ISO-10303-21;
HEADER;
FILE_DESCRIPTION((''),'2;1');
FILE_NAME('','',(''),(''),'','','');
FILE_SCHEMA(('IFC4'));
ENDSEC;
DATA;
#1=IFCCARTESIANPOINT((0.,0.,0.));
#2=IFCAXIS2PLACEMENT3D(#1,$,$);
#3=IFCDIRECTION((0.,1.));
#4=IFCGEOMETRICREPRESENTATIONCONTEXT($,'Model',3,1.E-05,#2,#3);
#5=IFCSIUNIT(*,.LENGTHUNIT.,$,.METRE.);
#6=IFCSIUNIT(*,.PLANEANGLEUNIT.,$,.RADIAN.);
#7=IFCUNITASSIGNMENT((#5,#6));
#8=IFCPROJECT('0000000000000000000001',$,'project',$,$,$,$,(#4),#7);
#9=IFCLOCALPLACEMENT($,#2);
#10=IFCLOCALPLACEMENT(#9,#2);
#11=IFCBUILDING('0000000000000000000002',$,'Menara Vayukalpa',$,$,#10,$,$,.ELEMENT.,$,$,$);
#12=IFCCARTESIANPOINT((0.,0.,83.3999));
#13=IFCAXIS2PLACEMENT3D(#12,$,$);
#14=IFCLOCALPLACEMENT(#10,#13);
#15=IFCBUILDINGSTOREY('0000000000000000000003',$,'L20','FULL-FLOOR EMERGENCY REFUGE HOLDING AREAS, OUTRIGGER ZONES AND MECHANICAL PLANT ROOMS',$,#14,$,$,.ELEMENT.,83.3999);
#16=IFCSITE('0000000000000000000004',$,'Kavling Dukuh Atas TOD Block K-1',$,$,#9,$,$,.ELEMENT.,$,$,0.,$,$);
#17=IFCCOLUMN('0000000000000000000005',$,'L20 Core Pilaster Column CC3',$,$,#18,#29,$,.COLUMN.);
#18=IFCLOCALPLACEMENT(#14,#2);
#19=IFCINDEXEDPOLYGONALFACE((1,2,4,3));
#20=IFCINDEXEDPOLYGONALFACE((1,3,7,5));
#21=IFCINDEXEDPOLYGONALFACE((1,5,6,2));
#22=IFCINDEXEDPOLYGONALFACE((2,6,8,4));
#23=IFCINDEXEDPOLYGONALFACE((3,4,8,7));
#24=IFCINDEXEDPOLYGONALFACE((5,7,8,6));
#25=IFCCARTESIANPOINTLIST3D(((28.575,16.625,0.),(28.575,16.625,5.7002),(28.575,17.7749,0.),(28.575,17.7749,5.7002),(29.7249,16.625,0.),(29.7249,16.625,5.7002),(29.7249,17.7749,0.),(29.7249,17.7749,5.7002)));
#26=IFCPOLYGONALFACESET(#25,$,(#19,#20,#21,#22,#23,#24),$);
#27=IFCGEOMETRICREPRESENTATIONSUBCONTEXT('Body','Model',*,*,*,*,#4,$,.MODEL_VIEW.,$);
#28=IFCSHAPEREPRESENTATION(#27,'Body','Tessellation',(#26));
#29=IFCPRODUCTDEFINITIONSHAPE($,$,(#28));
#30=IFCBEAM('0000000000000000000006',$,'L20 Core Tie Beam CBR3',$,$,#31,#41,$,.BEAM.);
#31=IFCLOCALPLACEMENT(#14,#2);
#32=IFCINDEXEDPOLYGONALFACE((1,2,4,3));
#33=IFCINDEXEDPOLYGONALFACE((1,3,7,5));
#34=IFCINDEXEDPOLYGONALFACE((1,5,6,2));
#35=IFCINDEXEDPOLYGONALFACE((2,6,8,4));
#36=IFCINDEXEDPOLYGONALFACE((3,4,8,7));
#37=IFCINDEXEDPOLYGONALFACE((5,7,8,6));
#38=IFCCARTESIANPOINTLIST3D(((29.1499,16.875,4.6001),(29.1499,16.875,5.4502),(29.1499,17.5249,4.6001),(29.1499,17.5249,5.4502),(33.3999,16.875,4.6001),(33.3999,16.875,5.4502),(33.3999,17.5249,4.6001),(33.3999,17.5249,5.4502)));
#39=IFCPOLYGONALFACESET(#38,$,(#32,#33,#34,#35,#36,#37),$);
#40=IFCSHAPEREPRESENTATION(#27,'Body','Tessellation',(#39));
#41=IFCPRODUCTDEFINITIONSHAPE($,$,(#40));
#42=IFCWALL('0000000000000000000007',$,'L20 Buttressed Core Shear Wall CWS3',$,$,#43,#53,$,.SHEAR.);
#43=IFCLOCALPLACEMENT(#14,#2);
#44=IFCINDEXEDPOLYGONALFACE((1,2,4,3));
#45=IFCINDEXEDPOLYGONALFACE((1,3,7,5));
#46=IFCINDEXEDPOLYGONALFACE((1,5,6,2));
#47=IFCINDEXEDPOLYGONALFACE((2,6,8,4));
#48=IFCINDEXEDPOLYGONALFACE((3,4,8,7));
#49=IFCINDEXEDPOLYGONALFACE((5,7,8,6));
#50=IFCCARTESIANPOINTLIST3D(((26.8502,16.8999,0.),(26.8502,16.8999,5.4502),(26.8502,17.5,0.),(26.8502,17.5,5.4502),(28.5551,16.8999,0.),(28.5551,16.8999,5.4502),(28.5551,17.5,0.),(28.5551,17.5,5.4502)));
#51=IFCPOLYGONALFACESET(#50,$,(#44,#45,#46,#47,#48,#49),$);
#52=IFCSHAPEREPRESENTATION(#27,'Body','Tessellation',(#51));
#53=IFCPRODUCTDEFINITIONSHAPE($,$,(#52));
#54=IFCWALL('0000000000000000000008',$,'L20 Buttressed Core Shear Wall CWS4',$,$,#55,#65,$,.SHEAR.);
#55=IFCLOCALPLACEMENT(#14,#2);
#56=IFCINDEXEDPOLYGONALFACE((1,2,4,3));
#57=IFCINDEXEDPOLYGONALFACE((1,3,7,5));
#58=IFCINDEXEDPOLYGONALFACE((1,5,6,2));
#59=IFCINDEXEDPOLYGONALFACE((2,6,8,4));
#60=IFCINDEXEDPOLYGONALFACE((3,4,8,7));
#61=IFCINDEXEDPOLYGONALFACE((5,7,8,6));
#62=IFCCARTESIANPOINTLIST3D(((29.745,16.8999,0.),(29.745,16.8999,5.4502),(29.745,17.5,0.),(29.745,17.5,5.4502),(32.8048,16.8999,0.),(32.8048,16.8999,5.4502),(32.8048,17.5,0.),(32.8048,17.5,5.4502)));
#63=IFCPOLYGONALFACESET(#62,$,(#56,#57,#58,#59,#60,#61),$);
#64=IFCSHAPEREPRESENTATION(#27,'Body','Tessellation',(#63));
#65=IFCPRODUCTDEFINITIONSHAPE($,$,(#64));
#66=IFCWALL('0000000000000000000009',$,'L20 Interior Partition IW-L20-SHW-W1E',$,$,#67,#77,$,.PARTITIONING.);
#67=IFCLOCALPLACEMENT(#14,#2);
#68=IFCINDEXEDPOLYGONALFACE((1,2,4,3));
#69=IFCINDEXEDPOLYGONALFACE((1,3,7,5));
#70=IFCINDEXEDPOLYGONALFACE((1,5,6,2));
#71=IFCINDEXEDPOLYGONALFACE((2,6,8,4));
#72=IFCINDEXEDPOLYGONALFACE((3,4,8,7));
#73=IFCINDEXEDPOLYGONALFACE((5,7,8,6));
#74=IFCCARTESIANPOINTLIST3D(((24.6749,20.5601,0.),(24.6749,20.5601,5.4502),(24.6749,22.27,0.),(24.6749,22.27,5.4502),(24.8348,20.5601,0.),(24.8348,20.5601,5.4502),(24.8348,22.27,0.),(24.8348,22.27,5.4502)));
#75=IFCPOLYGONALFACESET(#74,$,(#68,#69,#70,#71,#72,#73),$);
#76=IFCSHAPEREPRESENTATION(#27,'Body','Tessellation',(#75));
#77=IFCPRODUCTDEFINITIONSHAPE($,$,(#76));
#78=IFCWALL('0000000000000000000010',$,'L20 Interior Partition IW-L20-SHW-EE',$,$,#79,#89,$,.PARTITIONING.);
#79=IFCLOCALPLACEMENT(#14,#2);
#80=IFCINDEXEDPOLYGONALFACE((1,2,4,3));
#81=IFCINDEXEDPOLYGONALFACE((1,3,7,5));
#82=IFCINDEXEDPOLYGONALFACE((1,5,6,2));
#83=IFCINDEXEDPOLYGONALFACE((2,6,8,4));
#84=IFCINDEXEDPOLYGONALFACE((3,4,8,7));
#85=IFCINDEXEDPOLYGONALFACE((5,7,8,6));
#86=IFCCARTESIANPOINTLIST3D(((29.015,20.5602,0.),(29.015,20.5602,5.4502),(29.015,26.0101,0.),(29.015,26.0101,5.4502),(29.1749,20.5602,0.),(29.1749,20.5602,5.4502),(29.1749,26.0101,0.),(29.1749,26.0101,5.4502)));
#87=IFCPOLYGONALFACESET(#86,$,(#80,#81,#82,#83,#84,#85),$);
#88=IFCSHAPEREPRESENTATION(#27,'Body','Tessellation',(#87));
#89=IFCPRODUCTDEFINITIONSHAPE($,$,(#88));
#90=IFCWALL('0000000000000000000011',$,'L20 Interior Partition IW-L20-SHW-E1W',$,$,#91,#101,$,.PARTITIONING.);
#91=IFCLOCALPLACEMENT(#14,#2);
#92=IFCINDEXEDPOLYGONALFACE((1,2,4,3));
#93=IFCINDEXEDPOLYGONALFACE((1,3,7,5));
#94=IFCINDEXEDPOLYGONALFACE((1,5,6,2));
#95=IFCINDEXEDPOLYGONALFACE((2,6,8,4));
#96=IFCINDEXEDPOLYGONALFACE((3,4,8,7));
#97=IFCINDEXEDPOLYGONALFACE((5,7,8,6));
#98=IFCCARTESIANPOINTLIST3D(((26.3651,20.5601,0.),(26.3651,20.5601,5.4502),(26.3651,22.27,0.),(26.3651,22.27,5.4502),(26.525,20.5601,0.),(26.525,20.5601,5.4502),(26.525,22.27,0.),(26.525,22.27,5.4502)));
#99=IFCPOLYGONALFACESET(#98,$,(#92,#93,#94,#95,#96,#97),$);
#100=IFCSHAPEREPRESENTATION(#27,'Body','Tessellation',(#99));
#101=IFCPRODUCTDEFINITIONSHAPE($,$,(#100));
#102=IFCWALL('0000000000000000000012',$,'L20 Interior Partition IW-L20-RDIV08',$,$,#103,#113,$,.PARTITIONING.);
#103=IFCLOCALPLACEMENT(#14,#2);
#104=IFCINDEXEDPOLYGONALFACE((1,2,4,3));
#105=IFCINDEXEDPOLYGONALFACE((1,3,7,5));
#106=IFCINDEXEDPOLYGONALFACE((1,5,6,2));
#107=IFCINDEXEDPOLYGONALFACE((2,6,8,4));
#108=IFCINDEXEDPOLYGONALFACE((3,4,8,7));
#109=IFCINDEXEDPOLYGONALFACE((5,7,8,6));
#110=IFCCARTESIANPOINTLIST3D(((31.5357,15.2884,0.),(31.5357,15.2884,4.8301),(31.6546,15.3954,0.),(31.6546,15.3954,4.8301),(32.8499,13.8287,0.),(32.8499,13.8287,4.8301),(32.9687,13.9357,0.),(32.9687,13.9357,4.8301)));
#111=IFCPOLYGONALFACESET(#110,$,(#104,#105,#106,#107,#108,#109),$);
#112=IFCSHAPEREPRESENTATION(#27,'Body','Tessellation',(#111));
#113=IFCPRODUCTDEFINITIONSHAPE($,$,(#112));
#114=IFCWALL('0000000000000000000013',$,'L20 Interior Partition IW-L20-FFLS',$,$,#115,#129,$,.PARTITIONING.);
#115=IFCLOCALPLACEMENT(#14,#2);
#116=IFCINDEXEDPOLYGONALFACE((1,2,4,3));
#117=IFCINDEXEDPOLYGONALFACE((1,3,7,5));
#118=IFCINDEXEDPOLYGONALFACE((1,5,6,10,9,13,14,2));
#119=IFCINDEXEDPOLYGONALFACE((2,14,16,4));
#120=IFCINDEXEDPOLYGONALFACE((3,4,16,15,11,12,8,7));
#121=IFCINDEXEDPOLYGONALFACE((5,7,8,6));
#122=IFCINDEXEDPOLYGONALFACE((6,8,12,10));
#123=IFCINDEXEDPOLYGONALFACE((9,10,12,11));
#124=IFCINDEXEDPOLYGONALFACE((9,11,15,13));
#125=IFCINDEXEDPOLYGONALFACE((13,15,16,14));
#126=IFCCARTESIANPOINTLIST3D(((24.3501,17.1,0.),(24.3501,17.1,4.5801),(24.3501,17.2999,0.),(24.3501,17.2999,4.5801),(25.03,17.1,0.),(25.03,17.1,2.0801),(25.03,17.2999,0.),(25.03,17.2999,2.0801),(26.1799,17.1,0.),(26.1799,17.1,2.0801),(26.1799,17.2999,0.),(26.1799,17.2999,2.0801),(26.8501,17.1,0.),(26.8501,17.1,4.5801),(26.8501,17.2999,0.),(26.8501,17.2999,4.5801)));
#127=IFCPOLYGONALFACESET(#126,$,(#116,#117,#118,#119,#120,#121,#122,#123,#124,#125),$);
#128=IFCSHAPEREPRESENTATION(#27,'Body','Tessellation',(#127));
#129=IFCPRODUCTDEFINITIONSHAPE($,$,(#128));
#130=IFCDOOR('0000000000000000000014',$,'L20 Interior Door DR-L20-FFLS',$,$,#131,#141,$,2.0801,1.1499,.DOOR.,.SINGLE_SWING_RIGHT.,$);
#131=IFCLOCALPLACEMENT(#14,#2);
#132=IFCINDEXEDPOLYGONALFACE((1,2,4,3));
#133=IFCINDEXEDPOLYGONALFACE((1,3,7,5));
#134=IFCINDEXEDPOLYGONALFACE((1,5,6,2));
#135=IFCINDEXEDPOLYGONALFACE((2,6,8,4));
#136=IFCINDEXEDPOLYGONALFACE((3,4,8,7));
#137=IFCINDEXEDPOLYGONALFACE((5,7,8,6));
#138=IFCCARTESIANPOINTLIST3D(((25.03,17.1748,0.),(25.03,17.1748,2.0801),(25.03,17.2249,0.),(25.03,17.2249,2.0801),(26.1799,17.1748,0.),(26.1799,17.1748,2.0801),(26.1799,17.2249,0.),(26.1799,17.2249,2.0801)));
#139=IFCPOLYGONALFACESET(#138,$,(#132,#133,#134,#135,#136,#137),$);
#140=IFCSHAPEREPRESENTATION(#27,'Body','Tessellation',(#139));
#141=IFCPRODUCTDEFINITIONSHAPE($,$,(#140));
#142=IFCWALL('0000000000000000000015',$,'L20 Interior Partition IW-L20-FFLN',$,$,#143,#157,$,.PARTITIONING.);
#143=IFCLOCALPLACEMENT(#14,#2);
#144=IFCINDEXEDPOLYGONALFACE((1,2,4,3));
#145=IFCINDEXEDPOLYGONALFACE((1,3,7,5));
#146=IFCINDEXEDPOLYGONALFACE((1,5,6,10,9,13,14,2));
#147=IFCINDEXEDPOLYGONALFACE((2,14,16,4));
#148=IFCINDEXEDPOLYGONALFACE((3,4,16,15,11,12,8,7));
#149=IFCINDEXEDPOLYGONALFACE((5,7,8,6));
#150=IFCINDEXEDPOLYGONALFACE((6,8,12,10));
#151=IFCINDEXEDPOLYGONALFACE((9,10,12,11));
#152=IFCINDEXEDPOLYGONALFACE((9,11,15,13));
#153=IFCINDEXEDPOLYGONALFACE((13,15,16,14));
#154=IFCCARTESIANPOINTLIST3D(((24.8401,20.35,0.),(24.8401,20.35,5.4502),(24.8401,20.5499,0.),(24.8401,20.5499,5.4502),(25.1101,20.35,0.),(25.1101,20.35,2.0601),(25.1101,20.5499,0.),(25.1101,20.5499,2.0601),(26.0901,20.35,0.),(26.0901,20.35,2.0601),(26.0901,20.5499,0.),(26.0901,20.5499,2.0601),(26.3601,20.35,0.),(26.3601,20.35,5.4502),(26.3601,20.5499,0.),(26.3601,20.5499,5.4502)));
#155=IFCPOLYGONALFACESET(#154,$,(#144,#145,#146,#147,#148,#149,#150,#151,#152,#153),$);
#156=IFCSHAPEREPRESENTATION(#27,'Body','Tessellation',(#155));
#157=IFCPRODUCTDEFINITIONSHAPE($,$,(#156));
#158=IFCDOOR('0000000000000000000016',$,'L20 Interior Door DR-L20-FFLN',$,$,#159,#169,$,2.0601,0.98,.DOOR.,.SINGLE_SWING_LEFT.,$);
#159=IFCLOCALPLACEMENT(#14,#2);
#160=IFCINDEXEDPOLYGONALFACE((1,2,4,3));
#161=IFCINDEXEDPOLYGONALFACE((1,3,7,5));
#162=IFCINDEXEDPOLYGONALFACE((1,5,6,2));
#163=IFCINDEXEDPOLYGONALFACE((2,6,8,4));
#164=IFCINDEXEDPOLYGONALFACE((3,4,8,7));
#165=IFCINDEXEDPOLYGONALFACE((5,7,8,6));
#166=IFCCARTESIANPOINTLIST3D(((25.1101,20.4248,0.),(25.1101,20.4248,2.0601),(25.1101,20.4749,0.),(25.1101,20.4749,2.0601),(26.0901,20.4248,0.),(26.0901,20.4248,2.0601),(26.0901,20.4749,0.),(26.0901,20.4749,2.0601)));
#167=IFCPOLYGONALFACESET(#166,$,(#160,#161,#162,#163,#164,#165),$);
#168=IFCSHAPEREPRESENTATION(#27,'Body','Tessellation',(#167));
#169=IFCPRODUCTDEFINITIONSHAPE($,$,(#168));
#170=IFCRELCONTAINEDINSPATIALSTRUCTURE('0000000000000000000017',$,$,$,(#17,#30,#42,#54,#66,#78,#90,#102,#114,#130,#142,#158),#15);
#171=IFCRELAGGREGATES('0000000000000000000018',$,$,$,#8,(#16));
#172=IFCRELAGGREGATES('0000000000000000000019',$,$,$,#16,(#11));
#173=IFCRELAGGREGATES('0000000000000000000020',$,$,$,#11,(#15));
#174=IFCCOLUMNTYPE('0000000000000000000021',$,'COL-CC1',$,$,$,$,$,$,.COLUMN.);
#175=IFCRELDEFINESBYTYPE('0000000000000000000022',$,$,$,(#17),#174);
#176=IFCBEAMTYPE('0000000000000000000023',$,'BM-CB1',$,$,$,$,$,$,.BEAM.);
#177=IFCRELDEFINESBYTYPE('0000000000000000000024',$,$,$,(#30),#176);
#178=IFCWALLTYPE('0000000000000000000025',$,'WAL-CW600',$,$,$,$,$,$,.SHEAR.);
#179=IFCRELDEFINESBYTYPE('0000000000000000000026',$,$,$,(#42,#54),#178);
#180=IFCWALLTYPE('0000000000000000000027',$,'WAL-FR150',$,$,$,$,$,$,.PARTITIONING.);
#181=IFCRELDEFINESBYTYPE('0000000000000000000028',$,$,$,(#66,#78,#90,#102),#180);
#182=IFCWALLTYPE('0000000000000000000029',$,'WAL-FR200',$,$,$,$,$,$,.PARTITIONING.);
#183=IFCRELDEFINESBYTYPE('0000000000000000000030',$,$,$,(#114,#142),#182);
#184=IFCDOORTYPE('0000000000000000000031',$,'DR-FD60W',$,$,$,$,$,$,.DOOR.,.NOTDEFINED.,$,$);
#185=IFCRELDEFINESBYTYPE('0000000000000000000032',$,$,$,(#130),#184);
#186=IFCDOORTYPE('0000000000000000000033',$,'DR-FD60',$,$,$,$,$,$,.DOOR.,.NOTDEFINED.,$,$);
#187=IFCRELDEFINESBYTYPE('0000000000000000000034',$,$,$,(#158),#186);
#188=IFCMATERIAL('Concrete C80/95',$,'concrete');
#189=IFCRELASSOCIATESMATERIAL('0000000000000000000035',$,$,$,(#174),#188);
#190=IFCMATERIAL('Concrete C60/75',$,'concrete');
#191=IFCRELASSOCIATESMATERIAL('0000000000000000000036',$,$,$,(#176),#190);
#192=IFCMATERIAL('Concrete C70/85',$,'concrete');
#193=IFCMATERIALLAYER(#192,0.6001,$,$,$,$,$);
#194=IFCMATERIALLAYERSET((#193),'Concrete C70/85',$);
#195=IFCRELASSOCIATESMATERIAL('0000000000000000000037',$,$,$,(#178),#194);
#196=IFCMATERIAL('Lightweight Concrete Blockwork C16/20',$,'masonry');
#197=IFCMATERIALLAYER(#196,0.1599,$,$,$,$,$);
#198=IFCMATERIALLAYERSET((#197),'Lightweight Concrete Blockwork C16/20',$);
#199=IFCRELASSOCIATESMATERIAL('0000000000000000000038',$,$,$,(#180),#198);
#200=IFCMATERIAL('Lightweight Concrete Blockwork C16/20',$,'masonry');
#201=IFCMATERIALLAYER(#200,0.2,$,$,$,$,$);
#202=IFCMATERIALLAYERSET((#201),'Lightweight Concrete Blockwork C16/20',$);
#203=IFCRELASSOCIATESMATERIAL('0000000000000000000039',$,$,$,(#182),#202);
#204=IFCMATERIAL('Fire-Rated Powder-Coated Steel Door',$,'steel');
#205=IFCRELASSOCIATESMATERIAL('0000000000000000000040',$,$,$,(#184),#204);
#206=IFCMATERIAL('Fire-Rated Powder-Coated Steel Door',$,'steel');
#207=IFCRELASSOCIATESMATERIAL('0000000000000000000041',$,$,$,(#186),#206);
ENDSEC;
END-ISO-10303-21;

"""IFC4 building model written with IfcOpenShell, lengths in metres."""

from ifc_helpers import new_model, si_unit, direction, frame, frame_2d, origin, origin_2d, place, context, subcontext, project, spatial, rectangle, extrude, material, layer, layer_set, material_profile, profile_set, type_object, element, fill, save


model = new_model("IFC4")

# Units and contexts
model_context = context("Model", 3, precision=1e-05, world=origin(), true_north=direction((0.0, 1.0)))
body_context = subcontext(model_context, "Body", "Model", "MODEL_VIEW")
ifc_project = project(units=[si_unit("LENGTHUNIT", "METRE"), si_unit("PLANEANGLEUNIT", "RADIAN")], contexts=[model_context])

# Site, building, storey
site_placement = place(None, origin())
site = spatial("IfcSite", under=ifc_project, at=site_placement, Name="Kavling Dukuh Atas TOD Block K-1", CompositionType="ELEMENT", RefElevation=0.0)
building_placement = place(site_placement, origin())
building = spatial("IfcBuilding", under=site, at=building_placement, Name="Menara Vayukalpa", CompositionType="ELEMENT")
storey_placement = place(building_placement, frame((0.0, 0.0, 83.3999)))
storey = spatial("IfcBuildingStorey", under=building, at=storey_placement, Name="L20", Description="FULL-FLOOR EMERGENCY REFUGE HOLDING AREAS, OUTRIGGER ZONES AND MECHANICAL PLANT ROOMS", CompositionType="ELEMENT", Elevation=83.3999)

# Column
ifc_material_1 = material(Name="Concrete C80/95", Category="concrete")
ifc_material_profile_1 = material_profile(ifc_material_1, rectangle(XDim=1.1499, YDim=1.1499, at=origin_2d()), Name="RC 1150x1150")
ifc_profile_set_1 = profile_set([ifc_material_profile_1], Name="Concrete C80/95")
column_type = type_object("IfcColumnType", Name="COL-CC1", PredefinedType="COLUMN", material=ifc_profile_set_1)
column_placement = place(storey_placement, frame((29.1499, 17.2, 0.0), z_axis=(0.0, 0.0, 1.0), x_axis=(1.0, 0.0, 0.0)))
element("IfcColumn", 1, at=column_placement, inside=storey, type_object=column_type, Name="L20 Core Pilaster Column CC3", PredefinedType="COLUMN", context=body_context, shape_type="SweptSolid", body=[
    extrude(rectangle(XDim=1.1499, YDim=1.1499, at=origin_2d()), origin(), (0.0, 0.0, 1.0), 5.7002),
])

# Beam
ifc_material_2 = material(Name="Concrete C60/75", Category="concrete")
ifc_material_profile_2 = material_profile(ifc_material_2, rectangle(XDim=0.6499, YDim=0.8501, at=origin_2d()), Name="RC 650x850")
ifc_profile_set_2 = profile_set([ifc_material_profile_2], Name="Concrete C60/75")
beam_type = type_object("IfcBeamType", Name="BM-CB1", PredefinedType="BEAM", material=ifc_profile_set_2)
beam_placement = place(storey_placement, frame((29.1499, 17.2, 5.0251), z_axis=(1.0, 0.0, 0.0), x_axis=(0.0, 1.0, 0.0)))
element("IfcBeam", 2, at=beam_placement, inside=storey, type_object=beam_type, Name="L20 Core Tie Beam CBR3", PredefinedType="BEAM", context=body_context, shape_type="SweptSolid", body=[
    extrude(rectangle(XDim=0.6499, YDim=0.8501, at=origin_2d()), origin(), (0.0, 0.0, 1.0), 4.25),
])

# Walls
ifc_material_3 = material(Name="Concrete C70/85", Category="concrete")
ifc_layer_1 = layer(ifc_material_3, 0.6001)
ifc_layer_set_1 = layer_set([ifc_layer_1], Name="Concrete C70/85")
wall_type_1 = type_object("IfcWallType", Name="WAL-CW600", PredefinedType="SHEAR", material=ifc_layer_set_1)
wall_1_placement = place(storey_placement, frame((26.8501, 17.2, 0.0), z_axis=(0.0, 0.0, 1.0), x_axis=(1.0, 0.0, 0.0)))
element("IfcWall", 3, at=wall_1_placement, inside=storey, type_object=wall_type_1, Name="L20 Buttressed Core Shear Wall CWS3", PredefinedType="SHEAR", context=body_context, shape_type="SweptSolid", body=[
    extrude(rectangle(XDim=1.7048, YDim=0.6001, at=frame_2d((0.8525, 0.0))), origin(), (0.0, 0.0, 1.0), 5.4502),
])
wall_2_placement = place(storey_placement, frame((29.7451, 17.2, 0.0), z_axis=(0.0, 0.0, 1.0), x_axis=(1.0, 0.0, 0.0)))
element("IfcWall", 4, at=wall_2_placement, inside=storey, type_object=wall_type_1, Name="L20 Buttressed Core Shear Wall CWS4", PredefinedType="SHEAR", context=body_context, shape_type="SweptSolid", body=[
    extrude(rectangle(XDim=3.0598, YDim=0.6001, at=frame_2d((1.5298, 0.0))), origin(), (0.0, 0.0, 1.0), 5.4502),
])
ifc_material_4 = material(Name="Lightweight Concrete Blockwork C16/20", Category="masonry")
ifc_layer_2 = layer(ifc_material_4, 0.1599)
ifc_layer_set_2 = layer_set([ifc_layer_2], Name="Lightweight Concrete Blockwork C16/20")
wall_type_2 = type_object("IfcWallType", Name="WAL-FR150", PredefinedType="PARTITIONING", material=ifc_layer_set_2)
wall_3_placement = place(storey_placement, frame((24.7549, 20.5601, 0.0), z_axis=(0.0, 0.0, 1.0), x_axis=(0.0, 1.0, 0.0)))
element("IfcWall", 5, at=wall_3_placement, inside=storey, type_object=wall_type_2, Name="L20 Interior Partition IW-L20-SHW-W1E", PredefinedType="PARTITIONING", context=body_context, shape_type="SweptSolid", body=[
    extrude(rectangle(XDim=1.71, YDim=0.1599, at=frame_2d((0.855, 0.0))), origin(), (0.0, 0.0, 1.0), 5.4502),
])
wall_4_placement = place(storey_placement, frame((29.095, 20.5601, 0.0), z_axis=(0.0, 0.0, 1.0), x_axis=(0.0, 1.0, 0.0)))
element("IfcWall", 6, at=wall_4_placement, inside=storey, type_object=wall_type_2, Name="L20 Interior Partition IW-L20-SHW-EE", PredefinedType="PARTITIONING", context=body_context, shape_type="SweptSolid", body=[
    extrude(rectangle(XDim=5.45, YDim=0.1599, at=frame_2d((2.7251, 0.0))), origin(), (0.0, 0.0, 1.0), 5.4502),
])
wall_5_placement = place(storey_placement, frame((26.4451, 20.5601, 0.0), z_axis=(0.0, 0.0, 1.0), x_axis=(0.0, 1.0, 0.0)))
element("IfcWall", 7, at=wall_5_placement, inside=storey, type_object=wall_type_2, Name="L20 Interior Partition IW-L20-SHW-E1W", PredefinedType="PARTITIONING", context=body_context, shape_type="SweptSolid", body=[
    extrude(rectangle(XDim=1.71, YDim=0.1599, at=frame_2d((0.855, 0.0))), origin(), (0.0, 0.0, 1.0), 5.4502),
])
wall_6_placement = place(storey_placement, frame((31.5952, 15.3418, 0.0), z_axis=(0.0, 0.0, 1.0), x_axis=(0.669095, -0.743177, 0.0)))
element("IfcWall", 8, at=wall_6_placement, inside=storey, type_object=wall_type_2, Name="L20 Interior Partition IW-L20-RDIV08", PredefinedType="PARTITIONING", context=body_context, shape_type="SweptSolid", body=[
    extrude(rectangle(XDim=1.9641, YDim=0.1599, at=frame_2d((0.9819, 0.0))), origin(), (0.0, 0.0, 1.0), 4.8301),
])

# Walls, openings, doors
ifc_material_5 = material(Name="Lightweight Concrete Blockwork C16/20", Category="masonry")
ifc_layer_3 = layer(ifc_material_5, 0.2)
ifc_layer_set_3 = layer_set([ifc_layer_3], Name="Lightweight Concrete Blockwork C16/20")
wall_type_3 = type_object("IfcWallType", Name="WAL-FR200", PredefinedType="PARTITIONING", material=ifc_layer_set_3)
wall_7_placement = place(storey_placement, frame((24.3501, 17.2, 0.0), z_axis=(0.0, 0.0, 1.0), x_axis=(1.0, 0.0, 0.0)))
wall_7 = element("IfcWall", 9, at=wall_7_placement, inside=storey, type_object=wall_type_3, Name="L20 Interior Partition IW-L20-FFLS", PredefinedType="PARTITIONING", context=body_context, shape_type="SweptSolid", body=[
    extrude(rectangle(XDim=2.5, YDim=0.2, at=frame_2d((1.25, 0.0))), origin(), (0.0, 0.0, 1.0), 4.5801),
])
opening_1_placement = place(wall_7_placement, frame((0.6799, 0.0, 0.0)))
opening_1 = element("IfcOpeningElement", 10, at=opening_1_placement, cuts=wall_7, PredefinedType="OPENING", context=body_context, shape_type="SweptSolid", body=[
    extrude(rectangle(XDim=1.1499, YDim=2.0801, at=frame_2d((0.575, 1.04))), frame((0.0, 0.1099, 0.0), z_axis=(0.0, -1.0, 0.0), x_axis=(1.0, 0.0, 0.0)), (0.0, 0.0, 1.0), 0.22),
])
ifc_material_6 = material(Name="Fire-Rated Powder-Coated Steel Door", Category="steel")
door_type_1 = type_object("IfcDoorType", Name="DR-FD60W", OperationType="NOTDEFINED", PredefinedType="DOOR", material=ifc_material_6)
door_1_placement = place(opening_1_placement, origin())
door_1 = element("IfcDoor", 11, at=door_1_placement, inside=storey, type_object=door_type_1, Name="L20 Interior Door DR-L20-FFLS", OperationType="SINGLE_SWING_RIGHT", OverallHeight=2.0801, OverallWidth=1.1499, PredefinedType="DOOR", context=body_context, shape_type="SweptSolid", body=[
    extrude(rectangle(XDim=1.1499, YDim=2.0801, at=frame_2d((0.575, 1.04))), frame((0.0, 0.0249, 0.0), z_axis=(0.0, -1.0, 0.0), x_axis=(1.0, 0.0, 0.0)), (0.0, 0.0, 1.0), 0.05),
])
fill(opening_1, door_1)
wall_8_placement = place(storey_placement, frame((24.8401, 20.45, 0.0), z_axis=(0.0, 0.0, 1.0), x_axis=(1.0, 0.0, 0.0)))
wall_8 = element("IfcWall", 12, at=wall_8_placement, inside=storey, type_object=wall_type_3, Name="L20 Interior Partition IW-L20-FFLN", PredefinedType="PARTITIONING", context=body_context, shape_type="SweptSolid", body=[
    extrude(rectangle(XDim=1.52, YDim=0.2, at=frame_2d((0.76, 0.0))), origin(), (0.0, 0.0, 1.0), 5.4502),
])
opening_2_placement = place(wall_8_placement, frame((0.27, 0.0, 0.0)))
opening_2 = element("IfcOpeningElement", 13, at=opening_2_placement, cuts=wall_8, PredefinedType="OPENING", context=body_context, shape_type="SweptSolid", body=[
    extrude(rectangle(XDim=0.98, YDim=2.0601, at=frame_2d((0.49, 1.03))), frame((0.0, 0.1099, 0.0), z_axis=(0.0, -1.0, 0.0), x_axis=(1.0, 0.0, 0.0)), (0.0, 0.0, 1.0), 0.22),
])
ifc_material_7 = material(Name="Fire-Rated Powder-Coated Steel Door", Category="steel")
door_type_2 = type_object("IfcDoorType", Name="DR-FD60", OperationType="NOTDEFINED", PredefinedType="DOOR", material=ifc_material_7)
door_2_placement = place(opening_2_placement, origin())
door_2 = element("IfcDoor", 14, at=door_2_placement, inside=storey, type_object=door_type_2, Name="L20 Interior Door DR-L20-FFLN", OperationType="SINGLE_SWING_LEFT", OverallHeight=2.0601, OverallWidth=0.98, PredefinedType="DOOR", context=body_context, shape_type="SweptSolid", body=[
    extrude(rectangle(XDim=0.98, YDim=2.0601, at=frame_2d((0.49, 1.03))), frame((0.0, 0.0249, 0.0), z_axis=(0.0, -1.0, 0.0), x_axis=(1.0, 0.0, 0.0)), (0.0, 0.0, 1.0), 0.05),
])
fill(opening_2, door_2)

save(model, "model.ifc")
